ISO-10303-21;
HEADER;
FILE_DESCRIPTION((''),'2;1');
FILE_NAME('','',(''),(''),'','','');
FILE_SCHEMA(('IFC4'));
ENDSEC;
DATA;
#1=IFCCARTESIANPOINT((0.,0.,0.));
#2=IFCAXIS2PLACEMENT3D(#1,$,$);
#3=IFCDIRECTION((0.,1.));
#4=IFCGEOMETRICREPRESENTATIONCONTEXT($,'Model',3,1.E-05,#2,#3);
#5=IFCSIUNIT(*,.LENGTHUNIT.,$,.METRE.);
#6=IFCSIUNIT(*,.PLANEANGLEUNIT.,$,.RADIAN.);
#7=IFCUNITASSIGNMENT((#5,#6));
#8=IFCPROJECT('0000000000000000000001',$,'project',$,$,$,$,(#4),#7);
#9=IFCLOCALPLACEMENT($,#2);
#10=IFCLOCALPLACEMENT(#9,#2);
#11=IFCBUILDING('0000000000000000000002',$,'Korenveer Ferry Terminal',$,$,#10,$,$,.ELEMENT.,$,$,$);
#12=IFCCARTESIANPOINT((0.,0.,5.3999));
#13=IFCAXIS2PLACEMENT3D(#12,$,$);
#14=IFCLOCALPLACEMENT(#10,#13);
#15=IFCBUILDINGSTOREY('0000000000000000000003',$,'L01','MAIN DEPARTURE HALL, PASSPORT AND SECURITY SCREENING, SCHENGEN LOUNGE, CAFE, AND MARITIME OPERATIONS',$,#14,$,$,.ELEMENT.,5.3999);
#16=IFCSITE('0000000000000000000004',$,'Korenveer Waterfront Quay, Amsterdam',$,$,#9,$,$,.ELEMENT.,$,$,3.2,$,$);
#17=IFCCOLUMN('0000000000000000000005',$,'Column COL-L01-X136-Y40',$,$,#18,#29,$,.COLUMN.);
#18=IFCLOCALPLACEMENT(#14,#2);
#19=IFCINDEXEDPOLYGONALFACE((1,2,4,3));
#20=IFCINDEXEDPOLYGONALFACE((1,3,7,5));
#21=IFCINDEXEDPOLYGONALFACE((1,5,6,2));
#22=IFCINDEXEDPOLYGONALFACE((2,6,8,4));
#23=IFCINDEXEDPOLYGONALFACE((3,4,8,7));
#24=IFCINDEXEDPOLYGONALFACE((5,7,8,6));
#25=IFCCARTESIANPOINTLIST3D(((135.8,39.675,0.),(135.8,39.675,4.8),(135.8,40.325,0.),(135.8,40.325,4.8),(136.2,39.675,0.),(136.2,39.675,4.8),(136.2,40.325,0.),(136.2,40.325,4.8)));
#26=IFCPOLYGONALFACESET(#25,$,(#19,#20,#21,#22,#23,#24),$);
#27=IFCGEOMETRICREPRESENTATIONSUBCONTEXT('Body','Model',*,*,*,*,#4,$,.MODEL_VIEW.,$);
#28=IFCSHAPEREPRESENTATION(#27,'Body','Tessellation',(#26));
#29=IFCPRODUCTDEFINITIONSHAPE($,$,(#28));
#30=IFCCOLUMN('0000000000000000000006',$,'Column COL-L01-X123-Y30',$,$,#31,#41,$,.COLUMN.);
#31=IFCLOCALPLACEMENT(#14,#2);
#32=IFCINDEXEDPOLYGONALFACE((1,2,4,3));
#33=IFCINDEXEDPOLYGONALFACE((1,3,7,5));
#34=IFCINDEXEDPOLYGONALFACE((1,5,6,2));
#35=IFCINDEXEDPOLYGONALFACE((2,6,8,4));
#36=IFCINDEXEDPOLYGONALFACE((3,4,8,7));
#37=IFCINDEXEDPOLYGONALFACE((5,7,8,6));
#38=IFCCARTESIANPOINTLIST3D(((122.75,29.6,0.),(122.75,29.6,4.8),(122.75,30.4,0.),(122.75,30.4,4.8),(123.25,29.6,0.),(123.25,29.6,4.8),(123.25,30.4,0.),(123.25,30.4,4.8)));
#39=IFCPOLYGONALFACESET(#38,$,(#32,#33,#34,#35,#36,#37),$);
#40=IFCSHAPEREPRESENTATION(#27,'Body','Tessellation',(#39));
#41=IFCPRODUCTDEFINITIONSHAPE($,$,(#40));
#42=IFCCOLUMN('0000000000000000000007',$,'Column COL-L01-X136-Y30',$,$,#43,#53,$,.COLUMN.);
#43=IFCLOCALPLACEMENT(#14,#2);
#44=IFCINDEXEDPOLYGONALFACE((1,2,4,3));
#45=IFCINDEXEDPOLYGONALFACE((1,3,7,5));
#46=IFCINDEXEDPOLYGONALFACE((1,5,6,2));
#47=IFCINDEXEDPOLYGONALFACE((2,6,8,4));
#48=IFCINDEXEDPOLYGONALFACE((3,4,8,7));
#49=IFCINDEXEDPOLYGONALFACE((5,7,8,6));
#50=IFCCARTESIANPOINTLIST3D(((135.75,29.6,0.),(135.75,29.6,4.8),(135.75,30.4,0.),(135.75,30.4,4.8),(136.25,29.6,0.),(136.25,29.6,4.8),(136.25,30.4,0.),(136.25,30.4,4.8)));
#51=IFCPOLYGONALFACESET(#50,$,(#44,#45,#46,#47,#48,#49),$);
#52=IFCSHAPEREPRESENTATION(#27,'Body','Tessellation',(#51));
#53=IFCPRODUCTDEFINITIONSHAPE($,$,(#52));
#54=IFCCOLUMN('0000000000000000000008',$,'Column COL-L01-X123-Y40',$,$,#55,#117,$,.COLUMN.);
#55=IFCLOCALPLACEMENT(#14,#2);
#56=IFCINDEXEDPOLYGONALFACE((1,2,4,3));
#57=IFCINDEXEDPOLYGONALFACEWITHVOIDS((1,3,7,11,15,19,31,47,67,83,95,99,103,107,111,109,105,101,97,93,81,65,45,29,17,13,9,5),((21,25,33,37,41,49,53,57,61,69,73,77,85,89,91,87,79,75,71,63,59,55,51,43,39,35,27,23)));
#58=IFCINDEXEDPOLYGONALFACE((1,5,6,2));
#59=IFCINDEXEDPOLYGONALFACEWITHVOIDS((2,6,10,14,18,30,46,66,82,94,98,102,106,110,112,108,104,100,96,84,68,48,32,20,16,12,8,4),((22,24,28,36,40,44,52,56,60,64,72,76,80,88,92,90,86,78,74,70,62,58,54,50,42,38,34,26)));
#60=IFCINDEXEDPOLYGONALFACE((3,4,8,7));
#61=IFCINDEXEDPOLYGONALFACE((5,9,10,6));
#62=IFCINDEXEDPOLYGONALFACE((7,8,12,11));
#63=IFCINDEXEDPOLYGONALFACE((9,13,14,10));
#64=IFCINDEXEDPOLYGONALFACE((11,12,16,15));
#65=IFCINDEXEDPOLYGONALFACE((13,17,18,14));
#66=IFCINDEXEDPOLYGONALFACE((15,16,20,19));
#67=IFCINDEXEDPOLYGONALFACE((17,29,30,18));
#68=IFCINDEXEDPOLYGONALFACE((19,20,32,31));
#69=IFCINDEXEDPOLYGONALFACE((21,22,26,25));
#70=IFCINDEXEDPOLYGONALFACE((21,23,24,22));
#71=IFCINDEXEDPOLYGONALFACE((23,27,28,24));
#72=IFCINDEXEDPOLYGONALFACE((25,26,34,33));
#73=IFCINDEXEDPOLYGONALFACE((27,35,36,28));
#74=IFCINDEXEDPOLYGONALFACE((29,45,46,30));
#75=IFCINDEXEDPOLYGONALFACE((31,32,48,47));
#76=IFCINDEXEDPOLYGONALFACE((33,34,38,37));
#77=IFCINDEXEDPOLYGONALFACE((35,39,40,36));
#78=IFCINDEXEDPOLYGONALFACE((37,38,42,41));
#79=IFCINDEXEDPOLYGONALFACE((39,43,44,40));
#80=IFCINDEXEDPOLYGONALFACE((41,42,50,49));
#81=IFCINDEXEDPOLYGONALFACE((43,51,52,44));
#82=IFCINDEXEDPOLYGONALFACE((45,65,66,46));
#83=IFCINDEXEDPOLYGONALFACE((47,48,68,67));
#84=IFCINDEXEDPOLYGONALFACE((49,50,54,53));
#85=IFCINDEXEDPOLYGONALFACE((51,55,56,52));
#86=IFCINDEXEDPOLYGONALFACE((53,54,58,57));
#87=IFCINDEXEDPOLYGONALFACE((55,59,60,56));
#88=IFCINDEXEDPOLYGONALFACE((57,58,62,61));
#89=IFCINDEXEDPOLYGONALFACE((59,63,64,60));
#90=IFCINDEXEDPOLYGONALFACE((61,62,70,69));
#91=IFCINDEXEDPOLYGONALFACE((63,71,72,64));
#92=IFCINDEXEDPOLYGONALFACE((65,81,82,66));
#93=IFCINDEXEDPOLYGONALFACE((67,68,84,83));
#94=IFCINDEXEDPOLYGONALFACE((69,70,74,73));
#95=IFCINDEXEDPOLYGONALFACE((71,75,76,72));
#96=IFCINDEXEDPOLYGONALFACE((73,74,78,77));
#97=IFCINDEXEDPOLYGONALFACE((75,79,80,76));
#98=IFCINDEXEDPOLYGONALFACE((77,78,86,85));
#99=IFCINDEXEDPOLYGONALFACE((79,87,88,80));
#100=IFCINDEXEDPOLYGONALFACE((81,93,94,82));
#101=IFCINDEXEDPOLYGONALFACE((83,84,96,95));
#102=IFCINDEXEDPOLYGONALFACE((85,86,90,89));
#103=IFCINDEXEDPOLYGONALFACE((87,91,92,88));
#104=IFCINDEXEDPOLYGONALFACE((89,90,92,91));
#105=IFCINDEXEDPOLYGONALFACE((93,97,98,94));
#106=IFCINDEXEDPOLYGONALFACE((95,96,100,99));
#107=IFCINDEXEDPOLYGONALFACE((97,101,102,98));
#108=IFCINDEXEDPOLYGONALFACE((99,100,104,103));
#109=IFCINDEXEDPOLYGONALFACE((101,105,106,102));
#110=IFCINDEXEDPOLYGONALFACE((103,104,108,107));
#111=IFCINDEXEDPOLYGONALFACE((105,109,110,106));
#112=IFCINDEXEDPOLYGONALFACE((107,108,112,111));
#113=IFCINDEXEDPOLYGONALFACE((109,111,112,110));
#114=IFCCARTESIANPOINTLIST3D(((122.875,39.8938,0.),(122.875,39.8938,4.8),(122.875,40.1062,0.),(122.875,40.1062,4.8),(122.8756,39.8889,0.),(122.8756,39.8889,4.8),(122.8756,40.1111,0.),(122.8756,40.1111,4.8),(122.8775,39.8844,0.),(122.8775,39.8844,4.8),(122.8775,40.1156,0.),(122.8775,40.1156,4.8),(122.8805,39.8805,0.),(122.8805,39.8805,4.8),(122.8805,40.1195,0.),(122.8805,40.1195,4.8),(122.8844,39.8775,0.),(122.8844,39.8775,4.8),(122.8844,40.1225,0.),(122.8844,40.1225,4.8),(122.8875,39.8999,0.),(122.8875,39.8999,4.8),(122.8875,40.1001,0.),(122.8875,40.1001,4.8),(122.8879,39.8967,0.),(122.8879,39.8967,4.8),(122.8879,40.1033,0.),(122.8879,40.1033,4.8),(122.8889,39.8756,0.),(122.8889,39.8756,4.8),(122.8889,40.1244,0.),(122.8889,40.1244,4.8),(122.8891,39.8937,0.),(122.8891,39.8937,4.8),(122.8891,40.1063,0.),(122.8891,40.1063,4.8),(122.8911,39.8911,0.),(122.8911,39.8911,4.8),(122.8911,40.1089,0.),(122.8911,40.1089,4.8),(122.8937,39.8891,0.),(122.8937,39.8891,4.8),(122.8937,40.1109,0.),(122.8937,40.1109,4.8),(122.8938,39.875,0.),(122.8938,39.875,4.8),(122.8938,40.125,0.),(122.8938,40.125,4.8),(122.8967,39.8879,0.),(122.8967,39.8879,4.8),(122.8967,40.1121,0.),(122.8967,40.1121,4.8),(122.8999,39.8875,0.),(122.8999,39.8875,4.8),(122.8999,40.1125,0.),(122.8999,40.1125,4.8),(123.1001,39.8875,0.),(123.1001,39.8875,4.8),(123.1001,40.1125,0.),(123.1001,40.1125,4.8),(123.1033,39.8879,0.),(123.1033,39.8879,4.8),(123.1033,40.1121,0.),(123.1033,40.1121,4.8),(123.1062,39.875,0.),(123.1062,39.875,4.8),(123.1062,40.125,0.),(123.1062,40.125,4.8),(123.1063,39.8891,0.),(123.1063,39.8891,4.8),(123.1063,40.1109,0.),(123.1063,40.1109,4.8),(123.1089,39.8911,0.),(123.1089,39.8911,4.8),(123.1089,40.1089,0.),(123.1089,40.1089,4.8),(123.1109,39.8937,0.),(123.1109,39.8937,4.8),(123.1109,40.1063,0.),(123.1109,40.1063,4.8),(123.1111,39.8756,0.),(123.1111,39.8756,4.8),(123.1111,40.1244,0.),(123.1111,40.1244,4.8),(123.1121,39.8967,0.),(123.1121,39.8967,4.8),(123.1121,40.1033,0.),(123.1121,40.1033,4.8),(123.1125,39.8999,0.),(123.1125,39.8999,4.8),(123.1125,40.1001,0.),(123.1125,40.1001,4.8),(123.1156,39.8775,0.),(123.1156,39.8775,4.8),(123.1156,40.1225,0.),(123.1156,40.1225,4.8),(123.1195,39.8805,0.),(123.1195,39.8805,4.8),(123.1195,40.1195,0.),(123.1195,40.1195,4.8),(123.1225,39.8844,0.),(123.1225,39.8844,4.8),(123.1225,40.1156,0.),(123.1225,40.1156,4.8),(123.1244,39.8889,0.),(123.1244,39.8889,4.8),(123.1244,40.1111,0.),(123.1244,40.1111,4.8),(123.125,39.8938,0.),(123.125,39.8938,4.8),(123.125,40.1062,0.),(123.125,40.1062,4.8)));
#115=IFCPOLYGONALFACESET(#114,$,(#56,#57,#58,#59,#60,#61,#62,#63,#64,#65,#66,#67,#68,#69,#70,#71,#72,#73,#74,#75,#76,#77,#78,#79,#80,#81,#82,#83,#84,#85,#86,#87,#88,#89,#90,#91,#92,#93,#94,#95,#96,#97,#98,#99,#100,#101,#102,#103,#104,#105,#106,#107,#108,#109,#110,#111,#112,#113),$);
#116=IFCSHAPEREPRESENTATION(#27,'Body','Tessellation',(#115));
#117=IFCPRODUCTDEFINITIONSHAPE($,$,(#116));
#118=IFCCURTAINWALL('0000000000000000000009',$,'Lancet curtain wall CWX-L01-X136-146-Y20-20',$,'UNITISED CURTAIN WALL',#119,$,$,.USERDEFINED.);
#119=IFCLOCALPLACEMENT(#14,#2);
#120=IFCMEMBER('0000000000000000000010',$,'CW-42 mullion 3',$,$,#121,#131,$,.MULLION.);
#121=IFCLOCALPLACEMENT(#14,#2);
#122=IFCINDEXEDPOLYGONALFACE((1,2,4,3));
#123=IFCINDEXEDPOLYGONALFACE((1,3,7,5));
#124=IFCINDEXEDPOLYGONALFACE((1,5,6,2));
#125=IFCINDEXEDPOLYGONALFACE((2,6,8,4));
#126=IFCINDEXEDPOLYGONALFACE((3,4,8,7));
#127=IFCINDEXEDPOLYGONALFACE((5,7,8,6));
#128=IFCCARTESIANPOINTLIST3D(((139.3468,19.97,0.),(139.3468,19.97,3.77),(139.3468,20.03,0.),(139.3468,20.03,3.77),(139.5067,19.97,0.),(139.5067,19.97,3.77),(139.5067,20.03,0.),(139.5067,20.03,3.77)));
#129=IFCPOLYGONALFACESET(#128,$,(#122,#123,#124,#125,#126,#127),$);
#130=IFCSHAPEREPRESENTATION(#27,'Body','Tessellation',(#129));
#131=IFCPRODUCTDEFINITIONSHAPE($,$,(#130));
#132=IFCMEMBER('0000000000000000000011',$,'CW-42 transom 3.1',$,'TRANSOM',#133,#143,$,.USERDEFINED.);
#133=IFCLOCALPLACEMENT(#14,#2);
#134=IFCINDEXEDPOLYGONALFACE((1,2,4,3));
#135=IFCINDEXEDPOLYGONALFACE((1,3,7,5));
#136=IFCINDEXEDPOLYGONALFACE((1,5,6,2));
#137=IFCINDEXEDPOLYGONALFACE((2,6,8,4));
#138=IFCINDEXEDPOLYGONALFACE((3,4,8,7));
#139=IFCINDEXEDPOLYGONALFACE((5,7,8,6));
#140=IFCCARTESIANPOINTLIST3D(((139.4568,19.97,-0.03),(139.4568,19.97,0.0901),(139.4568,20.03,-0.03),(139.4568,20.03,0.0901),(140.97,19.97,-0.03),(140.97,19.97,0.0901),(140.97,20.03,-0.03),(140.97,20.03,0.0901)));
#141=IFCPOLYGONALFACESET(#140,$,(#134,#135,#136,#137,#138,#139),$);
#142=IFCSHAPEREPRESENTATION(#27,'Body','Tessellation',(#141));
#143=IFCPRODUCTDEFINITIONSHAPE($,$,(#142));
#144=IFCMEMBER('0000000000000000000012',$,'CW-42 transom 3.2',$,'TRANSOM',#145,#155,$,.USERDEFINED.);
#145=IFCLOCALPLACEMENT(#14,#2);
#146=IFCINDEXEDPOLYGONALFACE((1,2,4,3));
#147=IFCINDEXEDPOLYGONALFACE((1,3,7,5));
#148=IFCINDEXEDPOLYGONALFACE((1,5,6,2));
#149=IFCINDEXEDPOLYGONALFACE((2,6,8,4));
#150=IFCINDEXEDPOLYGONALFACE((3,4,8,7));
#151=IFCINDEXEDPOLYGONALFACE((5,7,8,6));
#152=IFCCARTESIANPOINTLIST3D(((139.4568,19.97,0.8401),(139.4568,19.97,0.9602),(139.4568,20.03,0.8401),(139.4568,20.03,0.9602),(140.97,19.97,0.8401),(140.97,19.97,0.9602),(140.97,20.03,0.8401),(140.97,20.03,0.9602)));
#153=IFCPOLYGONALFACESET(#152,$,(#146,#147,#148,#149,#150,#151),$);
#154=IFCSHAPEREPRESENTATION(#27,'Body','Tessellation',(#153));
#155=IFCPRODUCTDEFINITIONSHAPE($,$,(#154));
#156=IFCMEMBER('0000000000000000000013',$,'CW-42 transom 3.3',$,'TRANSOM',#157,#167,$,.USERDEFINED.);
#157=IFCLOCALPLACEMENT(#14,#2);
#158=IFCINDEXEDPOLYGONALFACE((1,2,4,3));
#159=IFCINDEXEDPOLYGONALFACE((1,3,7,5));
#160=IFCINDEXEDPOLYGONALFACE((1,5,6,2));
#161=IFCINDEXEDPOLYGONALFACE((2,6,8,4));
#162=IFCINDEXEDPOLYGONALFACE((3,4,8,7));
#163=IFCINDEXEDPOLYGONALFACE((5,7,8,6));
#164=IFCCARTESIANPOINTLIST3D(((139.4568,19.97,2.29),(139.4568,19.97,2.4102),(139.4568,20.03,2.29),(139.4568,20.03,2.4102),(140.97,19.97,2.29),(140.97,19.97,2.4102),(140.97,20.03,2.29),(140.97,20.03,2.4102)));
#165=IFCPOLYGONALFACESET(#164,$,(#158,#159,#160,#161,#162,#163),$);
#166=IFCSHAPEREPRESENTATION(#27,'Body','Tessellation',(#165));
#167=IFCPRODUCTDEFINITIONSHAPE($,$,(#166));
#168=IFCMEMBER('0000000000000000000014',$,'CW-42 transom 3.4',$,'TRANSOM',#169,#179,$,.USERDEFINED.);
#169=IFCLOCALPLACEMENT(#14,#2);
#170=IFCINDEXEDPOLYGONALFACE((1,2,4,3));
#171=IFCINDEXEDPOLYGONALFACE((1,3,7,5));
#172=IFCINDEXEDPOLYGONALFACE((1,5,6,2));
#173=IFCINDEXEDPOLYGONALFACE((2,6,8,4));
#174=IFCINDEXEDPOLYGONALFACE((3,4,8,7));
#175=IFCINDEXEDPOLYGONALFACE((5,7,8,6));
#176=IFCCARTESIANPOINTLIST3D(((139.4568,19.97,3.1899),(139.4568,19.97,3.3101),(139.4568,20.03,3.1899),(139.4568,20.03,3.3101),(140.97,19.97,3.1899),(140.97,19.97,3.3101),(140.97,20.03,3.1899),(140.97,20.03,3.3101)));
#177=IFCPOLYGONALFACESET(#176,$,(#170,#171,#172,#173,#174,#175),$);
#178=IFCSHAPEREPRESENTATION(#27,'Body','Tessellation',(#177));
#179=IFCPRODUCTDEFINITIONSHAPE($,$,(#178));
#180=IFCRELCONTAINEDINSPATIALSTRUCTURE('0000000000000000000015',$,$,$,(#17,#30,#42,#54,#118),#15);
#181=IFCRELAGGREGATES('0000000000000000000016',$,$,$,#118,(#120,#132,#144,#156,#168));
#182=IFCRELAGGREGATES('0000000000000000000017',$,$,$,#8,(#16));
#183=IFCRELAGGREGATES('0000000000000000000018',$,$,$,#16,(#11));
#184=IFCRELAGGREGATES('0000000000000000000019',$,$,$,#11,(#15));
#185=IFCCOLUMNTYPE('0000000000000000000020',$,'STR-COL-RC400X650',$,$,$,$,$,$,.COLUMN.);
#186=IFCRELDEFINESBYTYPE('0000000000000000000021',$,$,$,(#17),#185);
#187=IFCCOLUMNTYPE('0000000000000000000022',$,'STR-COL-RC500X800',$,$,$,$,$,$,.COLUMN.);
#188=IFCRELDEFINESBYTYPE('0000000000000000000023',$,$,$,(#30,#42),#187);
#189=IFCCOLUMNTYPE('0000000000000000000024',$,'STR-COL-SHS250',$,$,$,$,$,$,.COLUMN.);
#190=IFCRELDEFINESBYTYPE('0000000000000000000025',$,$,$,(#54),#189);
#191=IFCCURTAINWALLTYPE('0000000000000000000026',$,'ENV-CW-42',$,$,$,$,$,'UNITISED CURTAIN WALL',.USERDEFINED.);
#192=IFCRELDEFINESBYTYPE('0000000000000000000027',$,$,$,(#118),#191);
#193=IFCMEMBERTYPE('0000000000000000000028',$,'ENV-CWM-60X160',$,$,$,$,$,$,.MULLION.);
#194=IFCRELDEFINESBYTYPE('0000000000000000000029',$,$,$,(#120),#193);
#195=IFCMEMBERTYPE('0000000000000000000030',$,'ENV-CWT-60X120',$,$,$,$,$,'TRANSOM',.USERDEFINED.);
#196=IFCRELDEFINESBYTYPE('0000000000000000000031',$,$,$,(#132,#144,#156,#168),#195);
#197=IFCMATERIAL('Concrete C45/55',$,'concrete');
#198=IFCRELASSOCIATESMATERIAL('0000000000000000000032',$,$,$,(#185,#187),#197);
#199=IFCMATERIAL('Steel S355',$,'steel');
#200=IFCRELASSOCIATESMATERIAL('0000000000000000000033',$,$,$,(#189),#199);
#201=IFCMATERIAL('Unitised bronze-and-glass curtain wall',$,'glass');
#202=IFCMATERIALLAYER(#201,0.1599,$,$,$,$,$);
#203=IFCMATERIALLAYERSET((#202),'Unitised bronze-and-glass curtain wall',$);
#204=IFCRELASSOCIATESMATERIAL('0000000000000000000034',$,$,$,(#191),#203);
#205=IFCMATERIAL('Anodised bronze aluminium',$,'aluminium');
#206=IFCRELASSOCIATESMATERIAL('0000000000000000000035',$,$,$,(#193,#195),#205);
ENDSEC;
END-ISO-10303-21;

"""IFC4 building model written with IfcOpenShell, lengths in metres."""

from ifc_helpers import new_model, si_unit, direction, frame, origin, origin_2d, place, context, subcontext, project, spatial, rectangle, hollow_rectangle, extrude, material, layer, layer_set, material_profile, profile_set, type_object, element, aggregate, save


model = new_model("IFC4")

# Units and contexts
model_context = context("Model", 3, precision=1e-05, world=origin(), true_north=direction((0.0, 1.0)))
body_context = subcontext(model_context, "Body", "Model", "MODEL_VIEW")
ifc_project = project(units=[si_unit("LENGTHUNIT", "METRE"), si_unit("PLANEANGLEUNIT", "RADIAN")], contexts=[model_context])

# Site, building, storey
site_placement = place(None, origin())
site = spatial("IfcSite", under=ifc_project, at=site_placement, Name="Korenveer Waterfront Quay, Amsterdam", CompositionType="ELEMENT", RefElevation=3.2)
building_placement = place(site_placement, origin())
building = spatial("IfcBuilding", under=site, at=building_placement, Name="Korenveer Ferry Terminal", CompositionType="ELEMENT")
storey_placement = place(building_placement, frame((0.0, 0.0, 5.3999)))
storey = spatial("IfcBuildingStorey", under=building, at=storey_placement, Name="L01", Description="MAIN DEPARTURE HALL, PASSPORT AND SECURITY SCREENING, SCHENGEN LOUNGE, CAFE, AND MARITIME OPERATIONS", CompositionType="ELEMENT", Elevation=5.3999)

# Columns
ifc_material_1 = material(Name="Concrete C45/55", Category="concrete")
ifc_material_profile_1 = material_profile(ifc_material_1, rectangle(XDim=0.3999, YDim=0.6499, at=origin_2d()), Name="RC 400x650")
ifc_profile_set_1 = profile_set([ifc_material_profile_1], Name="Concrete C45/55")
column_type_1 = type_object("IfcColumnType", Name="STR-COL-RC400X650", PredefinedType="COLUMN", material=ifc_profile_set_1)
column_1_placement = place(storey_placement, frame((136.0, 40.0, 0.0), z_axis=(0.0, 0.0, 1.0), x_axis=(1.0, 0.0, 0.0)))
element("IfcColumn", 1, at=column_1_placement, inside=storey, type_object=column_type_1, Name="Column COL-L01-X136-Y40", PredefinedType="COLUMN", context=body_context, shape_type="SweptSolid", body=[
    extrude(rectangle(XDim=0.3999, YDim=0.6499, at=origin_2d()), origin(), (0.0, 0.0, 1.0), 4.8),
])
ifc_material_profile_2 = material_profile(ifc_material_1, rectangle(XDim=0.5, YDim=0.8, at=origin_2d()), Name="RC 500x800")
ifc_profile_set_2 = profile_set([ifc_material_profile_2], Name="Concrete C45/55")
column_type_2 = type_object("IfcColumnType", Name="STR-COL-RC500X800", PredefinedType="COLUMN", material=ifc_profile_set_2)
for number, where, z_axis, x_axis, name in (
    (2, (123.0, 30.0, 0.0), (0.0, 0.0, 1.0), (1.0, 0.0, 0.0), "Column COL-L01-X123-Y30"),
    (3, (136.0, 30.0, 0.0), (0.0, 0.0, 1.0), (1.0, 0.0, 0.0), "Column COL-L01-X136-Y30"),
):
    element("IfcColumn", number, at=place(storey_placement, frame(where, z_axis=z_axis, x_axis=x_axis)), inside=storey, type_object=column_type_2, Name=name, PredefinedType="COLUMN", context=body_context, shape_type="SweptSolid", body=[
        extrude(rectangle(XDim=0.5, YDim=0.8, at=origin_2d()), origin(), (0.0, 0.0, 1.0), 4.8),
    ])
ifc_material_2 = material(Name="Steel S355", Category="steel")
ifc_material_profile_3 = material_profile(ifc_material_2, hollow_rectangle(XDim=0.25, YDim=0.25, WallThickness=0.0125, InnerFilletRadius=0.0125, OuterFilletRadius=0.0188, at=origin_2d()), Name="SHS 250x250x12.5")
ifc_profile_set_3 = profile_set([ifc_material_profile_3], Name="Steel S355")
column_type_3 = type_object("IfcColumnType", Name="STR-COL-SHS250", PredefinedType="COLUMN", material=ifc_profile_set_3)
column_2_placement = place(storey_placement, frame((123.0, 40.0, 0.0), z_axis=(0.0, 0.0, 1.0), x_axis=(1.0, 0.0, 0.0)))
element("IfcColumn", 4, at=column_2_placement, inside=storey, type_object=column_type_3, Name="Column COL-L01-X123-Y40", PredefinedType="COLUMN", context=body_context, shape_type="SweptSolid", body=[
    extrude(hollow_rectangle(XDim=0.25, YDim=0.25, WallThickness=0.0125, InnerFilletRadius=0.0125, OuterFilletRadius=0.0188, at=origin_2d()), origin(), (0.0, 0.0, 1.0), 4.8),
])

# Curtain wall, members
ifc_material_3 = material(Name="Unitised bronze-and-glass curtain wall", Category="glass")
ifc_layer_1 = layer(ifc_material_3, 0.1599)
ifc_layer_set_1 = layer_set([ifc_layer_1], Name="Unitised bronze-and-glass curtain wall")
curtain_wall_type = type_object("IfcCurtainWallType", Name="ENV-CW-42", ElementType="UNITISED CURTAIN WALL", PredefinedType="USERDEFINED", material=ifc_layer_set_1)
curtain_wall_placement = place(storey_placement, frame((136.28, 20.0, 0.0)))
curtain_wall = element("IfcCurtainWall", 5, at=curtain_wall_placement, inside=storey, type_object=curtain_wall_type, Name="Lancet curtain wall CWX-L01-X136-146-Y20-20", ObjectType="UNITISED CURTAIN WALL", PredefinedType="USERDEFINED")
ifc_material_4 = material(Name="Anodised bronze aluminium", Category="aluminium")
ifc_material_profile_4 = material_profile(ifc_material_4, rectangle(XDim=0.0601, YDim=0.1599, at=origin_2d()), Name="ALU 60x160")
ifc_profile_set_4 = profile_set([ifc_material_profile_4], Name="Anodised bronze aluminium")
member_type_1 = type_object("IfcMemberType", Name="ENV-CWM-60X160", PredefinedType="MULLION", material=ifc_profile_set_4)
member_1_placement = place(storey_placement, frame((139.4268, 20.0, 0.0), z_axis=(0.0, 0.0, 1.0), x_axis=(0.0, 1.0, 0.0)))
member_1 = element("IfcMember", 6, at=member_1_placement, type_object=member_type_1, Name="CW-42 mullion 3", PredefinedType="MULLION", context=body_context, shape_type="SweptSolid", body=[
    extrude(rectangle(XDim=0.0601, YDim=0.1599, at=origin_2d()), origin(), (0.0, 0.0, 1.0), 3.77),
])
ifc_material_profile_5 = material_profile(ifc_material_4, rectangle(XDim=0.0601, YDim=0.1201, at=origin_2d()), Name="ALU 60x120")
ifc_profile_set_5 = profile_set([ifc_material_profile_5], Name="Anodised bronze aluminium")
member_type_2 = type_object("IfcMemberType", Name="ENV-CWT-60X120", ElementType="TRANSOM", PredefinedType="USERDEFINED", material=ifc_profile_set_5)
member_2_placement = place(storey_placement, frame((139.4568, 20.0, 0.03), z_axis=(1.0, 0.0, 0.0), x_axis=(0.0, 1.0, 0.0)))
member_2 = element("IfcMember", 7, at=member_2_placement, type_object=member_type_2, Name="CW-42 transom 3.1", ObjectType="TRANSOM", PredefinedType="USERDEFINED", context=body_context, shape_type="SweptSolid", body=[
    extrude(rectangle(XDim=0.0601, YDim=0.1201, at=origin_2d()), origin(), (0.0, 0.0, 1.0), 1.5132),
])
member_3_placement = place(storey_placement, frame((139.4568, 20.0, 0.9001), z_axis=(1.0, 0.0, 0.0), x_axis=(0.0, 1.0, 0.0)))
member_3 = element("IfcMember", 8, at=member_3_placement, type_object=member_type_2, Name="CW-42 transom 3.2", ObjectType="TRANSOM", PredefinedType="USERDEFINED", context=body_context, shape_type="SweptSolid", body=[
    extrude(rectangle(XDim=0.0601, YDim=0.1201, at=origin_2d()), origin(), (0.0, 0.0, 1.0), 1.5132),
])
member_4_placement = place(storey_placement, frame((139.4568, 20.0, 2.3501), z_axis=(1.0, 0.0, 0.0), x_axis=(0.0, 1.0, 0.0)))
member_4 = element("IfcMember", 9, at=member_4_placement, type_object=member_type_2, Name="CW-42 transom 3.3", ObjectType="TRANSOM", PredefinedType="USERDEFINED", context=body_context, shape_type="SweptSolid", body=[
    extrude(rectangle(XDim=0.0601, YDim=0.1201, at=origin_2d()), origin(), (0.0, 0.0, 1.0), 1.5132),
])
member_5_placement = place(storey_placement, frame((139.4568, 20.0, 3.25), z_axis=(1.0, 0.0, 0.0), x_axis=(0.0, 1.0, 0.0)))
member_5 = element("IfcMember", 10, at=member_5_placement, type_object=member_type_2, Name="CW-42 transom 3.4", ObjectType="TRANSOM", PredefinedType="USERDEFINED", context=body_context, shape_type="SweptSolid", body=[
    extrude(rectangle(XDim=0.0601, YDim=0.1201, at=origin_2d()), origin(), (0.0, 0.0, 1.0), 1.5132),
])

aggregate(curtain_wall, [member_1, member_2, member_3, member_4, member_5])

save(model, "model.ifc")
